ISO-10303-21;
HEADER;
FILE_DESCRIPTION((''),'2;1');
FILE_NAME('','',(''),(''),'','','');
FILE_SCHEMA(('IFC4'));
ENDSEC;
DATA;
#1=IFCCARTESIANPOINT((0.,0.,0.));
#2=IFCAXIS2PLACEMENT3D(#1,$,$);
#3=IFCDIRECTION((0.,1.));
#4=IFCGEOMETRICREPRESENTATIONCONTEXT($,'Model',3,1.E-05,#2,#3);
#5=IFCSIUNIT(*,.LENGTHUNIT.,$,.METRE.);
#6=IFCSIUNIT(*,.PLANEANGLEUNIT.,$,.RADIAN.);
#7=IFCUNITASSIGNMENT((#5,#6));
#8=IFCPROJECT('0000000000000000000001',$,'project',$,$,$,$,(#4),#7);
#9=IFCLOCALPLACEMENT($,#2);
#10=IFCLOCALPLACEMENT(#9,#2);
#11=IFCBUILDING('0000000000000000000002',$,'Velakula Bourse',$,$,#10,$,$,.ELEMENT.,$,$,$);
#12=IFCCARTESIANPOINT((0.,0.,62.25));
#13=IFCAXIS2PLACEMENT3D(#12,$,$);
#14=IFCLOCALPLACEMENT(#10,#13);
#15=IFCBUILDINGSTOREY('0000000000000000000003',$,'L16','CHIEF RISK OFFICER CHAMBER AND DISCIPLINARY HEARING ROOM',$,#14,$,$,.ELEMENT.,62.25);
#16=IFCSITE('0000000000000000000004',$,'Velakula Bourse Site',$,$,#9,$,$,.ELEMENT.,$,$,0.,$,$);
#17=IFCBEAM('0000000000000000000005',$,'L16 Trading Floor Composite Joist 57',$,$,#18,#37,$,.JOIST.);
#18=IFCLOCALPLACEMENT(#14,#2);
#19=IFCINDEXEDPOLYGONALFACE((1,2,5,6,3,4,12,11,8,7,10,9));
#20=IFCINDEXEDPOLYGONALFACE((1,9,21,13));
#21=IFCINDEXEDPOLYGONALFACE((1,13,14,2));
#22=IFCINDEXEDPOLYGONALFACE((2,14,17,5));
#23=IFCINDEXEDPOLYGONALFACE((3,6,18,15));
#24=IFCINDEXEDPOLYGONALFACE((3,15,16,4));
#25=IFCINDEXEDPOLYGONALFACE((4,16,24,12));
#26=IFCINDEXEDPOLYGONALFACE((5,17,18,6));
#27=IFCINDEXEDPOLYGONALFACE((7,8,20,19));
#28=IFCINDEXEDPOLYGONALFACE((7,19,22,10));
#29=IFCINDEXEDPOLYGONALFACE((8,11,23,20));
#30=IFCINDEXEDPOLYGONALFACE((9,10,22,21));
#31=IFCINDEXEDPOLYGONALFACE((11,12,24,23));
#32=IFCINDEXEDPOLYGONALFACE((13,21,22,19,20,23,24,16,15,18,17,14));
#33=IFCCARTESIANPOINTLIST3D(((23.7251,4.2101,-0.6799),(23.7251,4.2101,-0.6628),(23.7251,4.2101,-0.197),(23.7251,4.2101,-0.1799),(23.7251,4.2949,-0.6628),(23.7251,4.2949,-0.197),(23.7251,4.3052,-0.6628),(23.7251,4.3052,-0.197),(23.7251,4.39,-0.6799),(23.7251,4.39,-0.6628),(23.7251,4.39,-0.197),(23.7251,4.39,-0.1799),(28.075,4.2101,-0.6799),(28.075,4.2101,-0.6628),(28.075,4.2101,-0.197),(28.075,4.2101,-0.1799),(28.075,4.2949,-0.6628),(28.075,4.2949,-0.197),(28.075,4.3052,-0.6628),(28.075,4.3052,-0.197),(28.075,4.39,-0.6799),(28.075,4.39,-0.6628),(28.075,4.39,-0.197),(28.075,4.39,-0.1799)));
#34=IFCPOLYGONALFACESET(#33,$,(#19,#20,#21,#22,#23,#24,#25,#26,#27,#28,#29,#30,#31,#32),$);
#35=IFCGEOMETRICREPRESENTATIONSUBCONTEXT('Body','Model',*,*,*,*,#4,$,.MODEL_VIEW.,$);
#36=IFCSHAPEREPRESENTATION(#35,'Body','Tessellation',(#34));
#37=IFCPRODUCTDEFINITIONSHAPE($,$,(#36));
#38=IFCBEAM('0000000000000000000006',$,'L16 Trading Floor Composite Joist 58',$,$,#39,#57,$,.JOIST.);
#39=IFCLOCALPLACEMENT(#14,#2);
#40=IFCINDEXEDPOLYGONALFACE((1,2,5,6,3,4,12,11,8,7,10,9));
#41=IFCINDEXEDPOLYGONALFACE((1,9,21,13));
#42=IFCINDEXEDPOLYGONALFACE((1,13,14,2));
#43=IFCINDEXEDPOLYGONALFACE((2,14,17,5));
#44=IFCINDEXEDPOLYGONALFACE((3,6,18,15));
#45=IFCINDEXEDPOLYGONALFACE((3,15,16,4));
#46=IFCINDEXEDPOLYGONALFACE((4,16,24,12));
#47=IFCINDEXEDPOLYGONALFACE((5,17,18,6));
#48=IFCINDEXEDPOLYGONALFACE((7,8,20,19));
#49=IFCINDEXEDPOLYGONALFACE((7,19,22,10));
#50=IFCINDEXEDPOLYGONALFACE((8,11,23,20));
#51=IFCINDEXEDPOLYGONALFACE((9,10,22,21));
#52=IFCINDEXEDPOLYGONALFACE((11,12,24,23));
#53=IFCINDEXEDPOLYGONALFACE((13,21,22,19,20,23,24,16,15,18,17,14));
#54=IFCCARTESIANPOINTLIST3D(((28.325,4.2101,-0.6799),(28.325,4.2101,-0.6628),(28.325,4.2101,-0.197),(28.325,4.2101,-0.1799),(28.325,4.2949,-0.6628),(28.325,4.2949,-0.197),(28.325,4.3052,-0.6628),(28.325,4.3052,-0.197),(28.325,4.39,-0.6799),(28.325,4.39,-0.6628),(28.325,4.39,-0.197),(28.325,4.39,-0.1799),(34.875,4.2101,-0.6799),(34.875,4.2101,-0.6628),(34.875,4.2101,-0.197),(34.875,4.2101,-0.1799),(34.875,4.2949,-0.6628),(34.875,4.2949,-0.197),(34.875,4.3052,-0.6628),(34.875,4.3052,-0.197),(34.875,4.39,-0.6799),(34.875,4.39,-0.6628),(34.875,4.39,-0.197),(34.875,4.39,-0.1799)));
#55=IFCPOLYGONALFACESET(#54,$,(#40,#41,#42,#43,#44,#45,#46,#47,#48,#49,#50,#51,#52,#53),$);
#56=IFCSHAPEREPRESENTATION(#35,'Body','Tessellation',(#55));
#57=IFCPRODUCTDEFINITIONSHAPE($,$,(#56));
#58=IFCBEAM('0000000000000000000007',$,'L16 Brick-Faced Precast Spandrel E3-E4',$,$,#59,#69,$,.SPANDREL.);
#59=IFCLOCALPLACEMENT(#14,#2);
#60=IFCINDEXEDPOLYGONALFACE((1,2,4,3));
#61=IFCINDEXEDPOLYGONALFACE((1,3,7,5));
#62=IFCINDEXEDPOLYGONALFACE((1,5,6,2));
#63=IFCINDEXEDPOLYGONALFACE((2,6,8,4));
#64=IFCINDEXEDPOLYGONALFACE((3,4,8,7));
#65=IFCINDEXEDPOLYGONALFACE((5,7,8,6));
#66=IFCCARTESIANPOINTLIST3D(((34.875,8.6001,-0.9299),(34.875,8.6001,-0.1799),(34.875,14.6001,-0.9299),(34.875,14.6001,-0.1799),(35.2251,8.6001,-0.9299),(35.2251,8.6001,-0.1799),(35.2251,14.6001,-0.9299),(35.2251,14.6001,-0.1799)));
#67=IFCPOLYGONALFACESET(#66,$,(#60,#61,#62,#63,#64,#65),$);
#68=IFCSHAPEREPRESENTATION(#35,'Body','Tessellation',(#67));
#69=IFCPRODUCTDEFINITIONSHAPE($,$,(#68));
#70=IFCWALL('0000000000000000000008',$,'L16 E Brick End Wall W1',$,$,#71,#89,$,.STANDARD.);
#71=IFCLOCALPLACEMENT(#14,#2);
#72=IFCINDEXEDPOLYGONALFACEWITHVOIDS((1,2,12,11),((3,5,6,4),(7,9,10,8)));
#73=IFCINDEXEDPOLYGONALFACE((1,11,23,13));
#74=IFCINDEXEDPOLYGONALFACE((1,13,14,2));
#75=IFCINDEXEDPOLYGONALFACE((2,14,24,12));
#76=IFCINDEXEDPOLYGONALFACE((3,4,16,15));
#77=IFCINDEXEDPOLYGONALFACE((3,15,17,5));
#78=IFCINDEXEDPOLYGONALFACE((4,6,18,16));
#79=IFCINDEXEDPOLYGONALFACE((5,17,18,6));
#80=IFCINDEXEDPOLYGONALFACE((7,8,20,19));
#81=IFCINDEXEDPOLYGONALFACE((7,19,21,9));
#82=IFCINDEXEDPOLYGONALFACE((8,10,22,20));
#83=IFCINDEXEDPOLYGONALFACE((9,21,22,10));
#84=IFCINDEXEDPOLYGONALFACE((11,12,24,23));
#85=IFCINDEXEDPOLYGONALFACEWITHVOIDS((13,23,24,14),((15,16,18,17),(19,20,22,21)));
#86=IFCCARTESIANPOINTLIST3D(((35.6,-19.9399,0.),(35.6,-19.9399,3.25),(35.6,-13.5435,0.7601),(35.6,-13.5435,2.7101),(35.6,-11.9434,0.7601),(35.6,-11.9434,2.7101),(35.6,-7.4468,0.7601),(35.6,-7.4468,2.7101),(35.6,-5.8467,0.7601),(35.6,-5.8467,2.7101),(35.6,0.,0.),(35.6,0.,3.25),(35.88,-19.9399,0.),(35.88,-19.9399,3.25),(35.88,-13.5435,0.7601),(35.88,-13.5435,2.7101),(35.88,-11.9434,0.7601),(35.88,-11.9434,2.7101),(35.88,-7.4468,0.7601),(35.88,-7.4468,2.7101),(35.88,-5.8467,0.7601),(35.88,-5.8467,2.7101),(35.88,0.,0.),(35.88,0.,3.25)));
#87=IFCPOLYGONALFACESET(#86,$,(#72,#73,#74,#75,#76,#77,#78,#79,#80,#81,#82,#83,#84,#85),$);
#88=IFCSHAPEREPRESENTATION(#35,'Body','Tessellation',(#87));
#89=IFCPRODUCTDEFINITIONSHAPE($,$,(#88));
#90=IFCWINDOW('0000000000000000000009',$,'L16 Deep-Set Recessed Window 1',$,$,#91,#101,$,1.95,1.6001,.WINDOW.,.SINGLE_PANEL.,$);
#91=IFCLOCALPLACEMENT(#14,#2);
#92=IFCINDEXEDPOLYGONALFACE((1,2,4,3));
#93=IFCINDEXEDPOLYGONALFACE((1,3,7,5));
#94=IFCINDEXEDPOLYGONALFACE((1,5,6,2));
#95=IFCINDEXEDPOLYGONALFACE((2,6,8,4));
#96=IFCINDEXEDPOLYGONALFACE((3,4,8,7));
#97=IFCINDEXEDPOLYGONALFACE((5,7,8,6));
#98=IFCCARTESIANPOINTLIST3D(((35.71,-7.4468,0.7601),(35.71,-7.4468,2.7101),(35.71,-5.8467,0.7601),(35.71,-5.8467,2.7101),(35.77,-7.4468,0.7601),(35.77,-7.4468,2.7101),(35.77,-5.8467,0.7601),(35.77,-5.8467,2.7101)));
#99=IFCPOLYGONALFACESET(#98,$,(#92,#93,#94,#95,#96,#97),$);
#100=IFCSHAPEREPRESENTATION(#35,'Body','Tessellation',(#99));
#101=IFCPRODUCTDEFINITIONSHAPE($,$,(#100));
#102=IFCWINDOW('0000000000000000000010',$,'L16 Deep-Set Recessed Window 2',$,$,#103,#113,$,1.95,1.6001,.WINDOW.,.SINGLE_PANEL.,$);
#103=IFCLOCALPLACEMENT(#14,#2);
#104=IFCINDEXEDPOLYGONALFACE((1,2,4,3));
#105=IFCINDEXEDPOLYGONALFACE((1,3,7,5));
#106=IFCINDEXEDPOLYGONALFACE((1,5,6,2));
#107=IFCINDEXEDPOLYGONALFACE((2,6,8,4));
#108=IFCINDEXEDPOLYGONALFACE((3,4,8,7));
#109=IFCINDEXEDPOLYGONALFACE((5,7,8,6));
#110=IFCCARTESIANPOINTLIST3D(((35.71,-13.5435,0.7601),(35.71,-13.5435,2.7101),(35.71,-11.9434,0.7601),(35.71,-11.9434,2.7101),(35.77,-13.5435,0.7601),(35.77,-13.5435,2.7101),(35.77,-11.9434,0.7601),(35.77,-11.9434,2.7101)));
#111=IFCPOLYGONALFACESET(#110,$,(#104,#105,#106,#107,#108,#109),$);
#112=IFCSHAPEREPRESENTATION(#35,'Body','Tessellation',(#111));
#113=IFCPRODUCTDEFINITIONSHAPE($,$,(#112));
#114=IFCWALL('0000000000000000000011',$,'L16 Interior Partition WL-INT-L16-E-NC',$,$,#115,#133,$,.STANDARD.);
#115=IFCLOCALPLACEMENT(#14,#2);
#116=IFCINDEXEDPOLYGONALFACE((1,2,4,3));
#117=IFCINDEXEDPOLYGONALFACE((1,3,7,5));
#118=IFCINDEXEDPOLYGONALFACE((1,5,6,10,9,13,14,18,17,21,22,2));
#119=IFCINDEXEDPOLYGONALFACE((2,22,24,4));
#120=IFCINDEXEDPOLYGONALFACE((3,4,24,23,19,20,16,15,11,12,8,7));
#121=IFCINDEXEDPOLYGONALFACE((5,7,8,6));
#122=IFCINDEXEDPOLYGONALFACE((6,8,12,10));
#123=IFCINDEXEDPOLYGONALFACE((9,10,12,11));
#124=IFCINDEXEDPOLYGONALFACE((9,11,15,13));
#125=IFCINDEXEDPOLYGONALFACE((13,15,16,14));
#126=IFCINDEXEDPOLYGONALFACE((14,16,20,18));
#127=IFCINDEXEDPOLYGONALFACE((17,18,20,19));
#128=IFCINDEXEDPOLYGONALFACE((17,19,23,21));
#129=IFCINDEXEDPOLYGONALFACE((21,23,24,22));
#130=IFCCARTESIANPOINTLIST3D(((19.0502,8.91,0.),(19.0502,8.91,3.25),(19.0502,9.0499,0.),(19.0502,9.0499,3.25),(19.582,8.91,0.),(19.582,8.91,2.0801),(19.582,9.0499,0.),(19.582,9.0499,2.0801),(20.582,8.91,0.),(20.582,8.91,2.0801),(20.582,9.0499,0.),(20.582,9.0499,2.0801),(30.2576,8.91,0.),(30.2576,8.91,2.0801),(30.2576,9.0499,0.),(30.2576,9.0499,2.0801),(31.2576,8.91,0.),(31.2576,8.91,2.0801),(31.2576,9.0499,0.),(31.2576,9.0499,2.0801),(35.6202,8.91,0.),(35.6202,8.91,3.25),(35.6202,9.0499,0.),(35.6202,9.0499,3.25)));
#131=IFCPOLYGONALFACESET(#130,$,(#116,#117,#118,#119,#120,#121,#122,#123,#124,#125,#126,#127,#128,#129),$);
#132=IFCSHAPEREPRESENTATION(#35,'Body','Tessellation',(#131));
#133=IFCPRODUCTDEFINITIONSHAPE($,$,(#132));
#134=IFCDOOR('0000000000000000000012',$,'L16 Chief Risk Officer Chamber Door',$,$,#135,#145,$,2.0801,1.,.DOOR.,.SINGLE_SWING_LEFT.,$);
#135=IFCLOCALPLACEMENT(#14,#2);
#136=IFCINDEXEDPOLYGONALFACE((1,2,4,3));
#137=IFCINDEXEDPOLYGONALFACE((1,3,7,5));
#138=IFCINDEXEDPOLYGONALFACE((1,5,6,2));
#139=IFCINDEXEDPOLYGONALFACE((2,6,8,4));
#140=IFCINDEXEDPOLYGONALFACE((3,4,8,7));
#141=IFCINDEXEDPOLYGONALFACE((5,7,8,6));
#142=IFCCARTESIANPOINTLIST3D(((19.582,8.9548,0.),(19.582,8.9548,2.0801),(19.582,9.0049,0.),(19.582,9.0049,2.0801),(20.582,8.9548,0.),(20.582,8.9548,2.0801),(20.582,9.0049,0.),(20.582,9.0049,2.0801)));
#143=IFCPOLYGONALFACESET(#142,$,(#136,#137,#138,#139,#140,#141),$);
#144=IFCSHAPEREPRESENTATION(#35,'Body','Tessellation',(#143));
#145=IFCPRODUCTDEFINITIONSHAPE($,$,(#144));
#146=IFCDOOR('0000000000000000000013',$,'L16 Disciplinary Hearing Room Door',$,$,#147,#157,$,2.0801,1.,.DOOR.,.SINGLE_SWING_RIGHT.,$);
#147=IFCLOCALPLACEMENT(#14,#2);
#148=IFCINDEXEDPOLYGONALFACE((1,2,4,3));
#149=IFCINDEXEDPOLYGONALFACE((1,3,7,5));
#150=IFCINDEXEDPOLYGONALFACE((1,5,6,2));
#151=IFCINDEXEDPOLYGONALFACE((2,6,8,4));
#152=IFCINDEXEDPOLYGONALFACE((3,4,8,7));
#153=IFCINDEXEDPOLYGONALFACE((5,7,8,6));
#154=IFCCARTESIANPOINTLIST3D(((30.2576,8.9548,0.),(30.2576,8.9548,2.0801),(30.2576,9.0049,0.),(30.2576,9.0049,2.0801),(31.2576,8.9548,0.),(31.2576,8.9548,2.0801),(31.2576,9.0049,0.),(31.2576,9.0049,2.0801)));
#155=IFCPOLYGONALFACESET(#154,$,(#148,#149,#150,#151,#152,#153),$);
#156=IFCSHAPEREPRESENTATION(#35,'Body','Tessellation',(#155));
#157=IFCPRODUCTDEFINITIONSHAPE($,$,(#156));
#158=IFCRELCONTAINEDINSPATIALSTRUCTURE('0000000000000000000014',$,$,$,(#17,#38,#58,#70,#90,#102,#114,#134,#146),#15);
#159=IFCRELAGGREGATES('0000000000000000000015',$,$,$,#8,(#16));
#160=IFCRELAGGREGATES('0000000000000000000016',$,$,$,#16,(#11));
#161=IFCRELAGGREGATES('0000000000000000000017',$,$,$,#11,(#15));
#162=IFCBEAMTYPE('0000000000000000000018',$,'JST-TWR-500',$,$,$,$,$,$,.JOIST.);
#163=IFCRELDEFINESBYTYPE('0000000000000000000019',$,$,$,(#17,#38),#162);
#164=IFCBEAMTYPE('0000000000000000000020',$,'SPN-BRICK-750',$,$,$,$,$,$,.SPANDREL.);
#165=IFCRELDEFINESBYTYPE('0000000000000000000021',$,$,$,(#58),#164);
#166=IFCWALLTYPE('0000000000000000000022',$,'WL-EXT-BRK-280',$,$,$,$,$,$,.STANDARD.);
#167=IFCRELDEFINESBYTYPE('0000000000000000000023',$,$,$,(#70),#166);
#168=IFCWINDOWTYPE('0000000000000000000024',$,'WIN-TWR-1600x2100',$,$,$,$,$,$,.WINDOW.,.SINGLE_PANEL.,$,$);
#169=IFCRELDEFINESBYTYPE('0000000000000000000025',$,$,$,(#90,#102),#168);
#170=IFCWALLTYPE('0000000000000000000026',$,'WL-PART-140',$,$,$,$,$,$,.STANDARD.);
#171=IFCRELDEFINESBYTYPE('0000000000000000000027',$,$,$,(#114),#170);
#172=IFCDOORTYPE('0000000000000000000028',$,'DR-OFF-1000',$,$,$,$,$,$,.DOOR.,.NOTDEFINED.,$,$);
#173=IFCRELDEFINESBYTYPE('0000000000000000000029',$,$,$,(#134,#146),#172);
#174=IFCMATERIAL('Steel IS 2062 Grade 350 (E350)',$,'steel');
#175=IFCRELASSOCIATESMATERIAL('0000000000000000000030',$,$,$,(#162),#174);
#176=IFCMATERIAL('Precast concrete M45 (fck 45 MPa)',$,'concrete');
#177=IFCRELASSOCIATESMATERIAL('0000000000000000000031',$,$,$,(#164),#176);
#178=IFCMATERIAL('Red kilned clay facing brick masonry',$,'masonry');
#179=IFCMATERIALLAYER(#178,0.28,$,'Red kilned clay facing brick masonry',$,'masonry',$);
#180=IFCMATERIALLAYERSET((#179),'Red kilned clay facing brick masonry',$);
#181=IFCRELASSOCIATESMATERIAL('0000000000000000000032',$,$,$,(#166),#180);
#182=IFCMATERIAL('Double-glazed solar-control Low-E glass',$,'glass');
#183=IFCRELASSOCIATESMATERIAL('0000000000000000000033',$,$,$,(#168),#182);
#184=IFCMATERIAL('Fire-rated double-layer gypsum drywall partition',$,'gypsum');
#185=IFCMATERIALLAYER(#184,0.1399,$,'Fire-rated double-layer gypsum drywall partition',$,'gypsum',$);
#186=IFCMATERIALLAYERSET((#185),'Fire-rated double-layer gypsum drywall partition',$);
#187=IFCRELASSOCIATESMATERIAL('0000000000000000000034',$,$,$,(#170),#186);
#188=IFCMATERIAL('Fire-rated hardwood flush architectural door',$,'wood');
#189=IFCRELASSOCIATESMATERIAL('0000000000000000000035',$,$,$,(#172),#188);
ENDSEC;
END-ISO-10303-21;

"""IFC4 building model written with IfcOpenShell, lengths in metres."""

from ifc_helpers import new_model, si_unit, direction, frame, frame_2d, origin, origin_2d, place, context, subcontext, project, spatial, rectangle, i_section, extrude, material, layer, layer_set, material_profile, profile_set, type_object, element, fill, save


model = new_model("IFC4")

# Units and contexts
model_context = context("Model", 3, precision=1e-05, world=origin(), true_north=direction((0.0, 1.0)))
body_context = subcontext(model_context, "Body", "Model", "MODEL_VIEW")
ifc_project = project(units=[si_unit("LENGTHUNIT", "METRE"), si_unit("PLANEANGLEUNIT", "RADIAN")], contexts=[model_context])

# Site, building, storey
site_placement = place(None, origin())
site = spatial("IfcSite", under=ifc_project, at=site_placement, Name="Velakula Bourse Site", CompositionType="ELEMENT", RefElevation=0.0)
building_placement = place(site_placement, origin())
building = spatial("IfcBuilding", under=site, at=building_placement, Name="Velakula Bourse", CompositionType="ELEMENT")
storey_placement = place(building_placement, frame((0.0, 0.0, 62.25)))
storey = spatial("IfcBuildingStorey", under=building, at=storey_placement, Name="L16", Description="CHIEF RISK OFFICER CHAMBER AND DISCIPLINARY HEARING ROOM", CompositionType="ELEMENT", Elevation=62.25)

# Beams
ifc_material_1 = material(Name="Steel IS 2062 Grade 350 (E350)", Category="steel")
ifc_material_profile_1 = material_profile(ifc_material_1, i_section(OverallWidth=0.1799, OverallDepth=0.5, WebThickness=0.0103, FlangeThickness=0.0171, at=origin_2d()), Name="Steel IS 2062 Grade 350 (E350)")
ifc_profile_set_1 = profile_set([ifc_material_profile_1], Name="Steel IS 2062 Grade 350 (E350)")
beam_type_1 = type_object("IfcBeamType", Name="JST-TWR-500", PredefinedType="JOIST", material=ifc_profile_set_1)
beam_1_placement = place(storey_placement, frame((23.7251, 4.3, -0.4299), z_axis=(1.0, 0.0, 0.0), x_axis=(0.0, 1.0, 0.0)))
element("IfcBeam", 1, at=beam_1_placement, inside=storey, type_object=beam_type_1, Name="L16 Trading Floor Composite Joist 57", PredefinedType="JOIST", context=body_context, shape_type="SweptSolid", body=[
    extrude(i_section(OverallWidth=0.1799, OverallDepth=0.5, WebThickness=0.0103, FlangeThickness=0.0171, at=origin_2d()), origin(), (0.0, 0.0, 1.0), 4.3499),
])
beam_2_placement = place(storey_placement, frame((28.325, 4.3, -0.4299), z_axis=(1.0, 0.0, 0.0), x_axis=(0.0, 1.0, 0.0)))
element("IfcBeam", 2, at=beam_2_placement, inside=storey, type_object=beam_type_1, Name="L16 Trading Floor Composite Joist 58", PredefinedType="JOIST", context=body_context, shape_type="SweptSolid", body=[
    extrude(i_section(OverallWidth=0.1799, OverallDepth=0.5, WebThickness=0.0103, FlangeThickness=0.0171, at=origin_2d()), origin(), (0.0, 0.0, 1.0), 6.55),
])
ifc_material_2 = material(Name="Precast concrete M45 (fck 45 MPa)", Category="concrete")
ifc_material_profile_2 = material_profile(ifc_material_2, rectangle(XDim=0.3501, YDim=0.75, at=origin_2d()), Name="Precast concrete M45 (fck 45 MPa)")
ifc_profile_set_2 = profile_set([ifc_material_profile_2], Name="Precast concrete M45 (fck 45 MPa)")
beam_type_2 = type_object("IfcBeamType", Name="SPN-BRICK-750", PredefinedType="SPANDREL", material=ifc_profile_set_2)
beam_3_placement = place(storey_placement, frame((35.05, 8.6001, -0.5549), z_axis=(0.0, 1.0, 0.0), x_axis=(-1.0, 0.0, 0.0)))
element("IfcBeam", 3, at=beam_3_placement, inside=storey, type_object=beam_type_2, Name="L16 Brick-Faced Precast Spandrel E3-E4", PredefinedType="SPANDREL", context=body_context, shape_type="SweptSolid", body=[
    extrude(rectangle(XDim=0.3501, YDim=0.75, at=origin_2d()), origin(), (0.0, 0.0, 1.0), 6.0),
])

# Wall, openings, windows
ifc_material_3 = material(Name="Red kilned clay facing brick masonry", Category="masonry")
ifc_layer_1 = layer(ifc_material_3, 0.28, Name="Red kilned clay facing brick masonry", Category="masonry")
ifc_layer_set_1 = layer_set([ifc_layer_1], Name="Red kilned clay facing brick masonry")
wall_type_1 = type_object("IfcWallType", Name="WL-EXT-BRK-280", PredefinedType="STANDARD", material=ifc_layer_set_1)
wall_1_placement = place(storey_placement, frame((35.74, 0.0, 0.0), z_axis=(0.0, 0.0, 1.0), x_axis=(0.0, -1.0, 0.0)))
wall_1 = element("IfcWall", 4, at=wall_1_placement, inside=storey, type_object=wall_type_1, Name="L16 E Brick End Wall W1", PredefinedType="STANDARD", context=body_context, shape_type="SweptSolid", body=[
    extrude(rectangle(XDim=19.9399, YDim=0.28, at=frame_2d((9.97, 0.0))), origin(), (0.0, 0.0, 1.0), 3.25),
])
opening_1_placement = place(wall_1_placement, frame((5.8467, 0.0, 0.76)))
opening_1 = element("IfcOpeningElement", 5, at=opening_1_placement, cuts=wall_1, PredefinedType="OPENING", context=body_context, shape_type="SweptSolid", body=[
    extrude(rectangle(XDim=1.6001, YDim=1.95, at=frame_2d((0.8, 0.9751))), frame((0.0, 0.1499, 0.0), z_axis=(0.0, -1.0, 0.0), x_axis=(1.0, 0.0, 0.0)), (0.0, 0.0, 1.0), 0.3),
])
opening_2_placement = place(wall_1_placement, frame((11.9434, 0.0, 0.76)))
opening_2 = element("IfcOpeningElement", 6, at=opening_2_placement, cuts=wall_1, PredefinedType="OPENING", context=body_context, shape_type="SweptSolid", body=[
    extrude(rectangle(XDim=1.6001, YDim=1.95, at=frame_2d((0.8, 0.9751))), frame((0.0, 0.1499, 0.0), z_axis=(0.0, -1.0, 0.0), x_axis=(1.0, 0.0, 0.0)), (0.0, 0.0, 1.0), 0.3),
])
ifc_material_4 = material(Name="Double-glazed solar-control Low-E glass", Category="glass")
window_type = type_object("IfcWindowType", Name="WIN-TWR-1600x2100", PartitioningType="SINGLE_PANEL", PredefinedType="WINDOW", material=ifc_material_4)
window_1_placement = place(opening_1_placement, origin())
window_1 = element("IfcWindow", 7, at=window_1_placement, inside=storey, type_object=window_type, Name="L16 Deep-Set Recessed Window 1", OverallHeight=1.95, OverallWidth=1.6001, PartitioningType="SINGLE_PANEL", PredefinedType="WINDOW", context=body_context, shape_type="SweptSolid", body=[
    extrude(rectangle(XDim=1.6001, YDim=1.95, at=frame_2d((0.8, 0.9751))), frame((0.0, 0.03, 0.0), z_axis=(0.0, -1.0, 0.0), x_axis=(1.0, 0.0, 0.0)), (0.0, 0.0, 1.0), 0.0601),
])
fill(opening_1, window_1)
window_2_placement = place(opening_2_placement, origin())
window_2 = element("IfcWindow", 8, at=window_2_placement, inside=storey, type_object=window_type, Name="L16 Deep-Set Recessed Window 2", OverallHeight=1.95, OverallWidth=1.6001, PartitioningType="SINGLE_PANEL", PredefinedType="WINDOW", context=body_context, shape_type="SweptSolid", body=[
    extrude(rectangle(XDim=1.6001, YDim=1.95, at=frame_2d((0.8, 0.9751))), frame((0.0, 0.03, 0.0), z_axis=(0.0, -1.0, 0.0), x_axis=(1.0, 0.0, 0.0)), (0.0, 0.0, 1.0), 0.0601),
])
fill(opening_2, window_2)

# Wall, openings, doors
ifc_material_5 = material(Name="Fire-rated double-layer gypsum drywall partition", Category="gypsum")
ifc_layer_2 = layer(ifc_material_5, 0.1399, Name="Fire-rated double-layer gypsum drywall partition", Category="gypsum")
ifc_layer_set_2 = layer_set([ifc_layer_2], Name="Fire-rated double-layer gypsum drywall partition")
wall_type_2 = type_object("IfcWallType", Name="WL-PART-140", PredefinedType="STANDARD", material=ifc_layer_set_2)
wall_2_placement = place(storey_placement, frame((19.05, 8.98, 0.0), z_axis=(0.0, 0.0, 1.0), x_axis=(1.0, 0.0, 0.0)))
wall_2 = element("IfcWall", 9, at=wall_2_placement, inside=storey, type_object=wall_type_2, Name="L16 Interior Partition WL-INT-L16-E-NC", PredefinedType="STANDARD", context=body_context, shape_type="SweptSolid", body=[
    extrude(rectangle(XDim=16.5701, YDim=0.1399, at=frame_2d((8.2852, 0.0))), origin(), (0.0, 0.0, 1.0), 3.25),
])
opening_3_placement = place(wall_2_placement, frame((0.532, 0.0, 0.0)))
opening_3 = element("IfcOpeningElement", 10, at=opening_3_placement, cuts=wall_2, PredefinedType="OPENING", context=body_context, shape_type="SweptSolid", body=[
    extrude(rectangle(XDim=1.0, YDim=2.0801, at=frame_2d((0.5, 1.04))), frame((0.0, 0.0798, 0.0), z_axis=(0.0, -1.0, 0.0), x_axis=(1.0, 0.0, 0.0)), (0.0, 0.0, 1.0), 0.1599),
])
opening_4_placement = place(wall_2_placement, frame((11.2075, 0.0, 0.0)))
opening_4 = element("IfcOpeningElement", 11, at=opening_4_placement, cuts=wall_2, PredefinedType="OPENING", context=body_context, shape_type="SweptSolid", body=[
    extrude(rectangle(XDim=1.0, YDim=2.0801, at=frame_2d((0.5, 1.04))), frame((0.0, 0.0798, 0.0), z_axis=(0.0, -1.0, 0.0), x_axis=(1.0, 0.0, 0.0)), (0.0, 0.0, 1.0), 0.1599),
])
ifc_material_6 = material(Name="Fire-rated hardwood flush architectural door", Category="wood")
door_type = type_object("IfcDoorType", Name="DR-OFF-1000", OperationType="NOTDEFINED", PredefinedType="DOOR", material=ifc_material_6)
door_1_placement = place(opening_3_placement, origin())
door_1 = element("IfcDoor", 12, at=door_1_placement, inside=storey, type_object=door_type, Name="L16 Chief Risk Officer Chamber Door", OperationType="SINGLE_SWING_LEFT", OverallHeight=2.0801, OverallWidth=1.0, PredefinedType="DOOR", context=body_context, shape_type="SweptSolid", body=[
    extrude(rectangle(XDim=1.0, YDim=2.0801, at=frame_2d((0.5, 1.04))), frame((0.0, 0.0249, 0.0), z_axis=(0.0, -1.0, 0.0), x_axis=(1.0, 0.0, 0.0)), (0.0, 0.0, 1.0), 0.05),
])
fill(opening_3, door_1)
door_2_placement = place(opening_4_placement, origin())
door_2 = element("IfcDoor", 13, at=door_2_placement, inside=storey, type_object=door_type, Name="L16 Disciplinary Hearing Room Door", OperationType="SINGLE_SWING_RIGHT", OverallHeight=2.0801, OverallWidth=1.0, PredefinedType="DOOR", context=body_context, shape_type="SweptSolid", body=[
    extrude(rectangle(XDim=1.0, YDim=2.0801, at=frame_2d((0.5, 1.04))), frame((0.0, 0.0249, 0.0), z_axis=(0.0, -1.0, 0.0), x_axis=(1.0, 0.0, 0.0)), (0.0, 0.0, 1.0), 0.05),
])
fill(opening_4, door_2)

save(model, "model.ifc")
